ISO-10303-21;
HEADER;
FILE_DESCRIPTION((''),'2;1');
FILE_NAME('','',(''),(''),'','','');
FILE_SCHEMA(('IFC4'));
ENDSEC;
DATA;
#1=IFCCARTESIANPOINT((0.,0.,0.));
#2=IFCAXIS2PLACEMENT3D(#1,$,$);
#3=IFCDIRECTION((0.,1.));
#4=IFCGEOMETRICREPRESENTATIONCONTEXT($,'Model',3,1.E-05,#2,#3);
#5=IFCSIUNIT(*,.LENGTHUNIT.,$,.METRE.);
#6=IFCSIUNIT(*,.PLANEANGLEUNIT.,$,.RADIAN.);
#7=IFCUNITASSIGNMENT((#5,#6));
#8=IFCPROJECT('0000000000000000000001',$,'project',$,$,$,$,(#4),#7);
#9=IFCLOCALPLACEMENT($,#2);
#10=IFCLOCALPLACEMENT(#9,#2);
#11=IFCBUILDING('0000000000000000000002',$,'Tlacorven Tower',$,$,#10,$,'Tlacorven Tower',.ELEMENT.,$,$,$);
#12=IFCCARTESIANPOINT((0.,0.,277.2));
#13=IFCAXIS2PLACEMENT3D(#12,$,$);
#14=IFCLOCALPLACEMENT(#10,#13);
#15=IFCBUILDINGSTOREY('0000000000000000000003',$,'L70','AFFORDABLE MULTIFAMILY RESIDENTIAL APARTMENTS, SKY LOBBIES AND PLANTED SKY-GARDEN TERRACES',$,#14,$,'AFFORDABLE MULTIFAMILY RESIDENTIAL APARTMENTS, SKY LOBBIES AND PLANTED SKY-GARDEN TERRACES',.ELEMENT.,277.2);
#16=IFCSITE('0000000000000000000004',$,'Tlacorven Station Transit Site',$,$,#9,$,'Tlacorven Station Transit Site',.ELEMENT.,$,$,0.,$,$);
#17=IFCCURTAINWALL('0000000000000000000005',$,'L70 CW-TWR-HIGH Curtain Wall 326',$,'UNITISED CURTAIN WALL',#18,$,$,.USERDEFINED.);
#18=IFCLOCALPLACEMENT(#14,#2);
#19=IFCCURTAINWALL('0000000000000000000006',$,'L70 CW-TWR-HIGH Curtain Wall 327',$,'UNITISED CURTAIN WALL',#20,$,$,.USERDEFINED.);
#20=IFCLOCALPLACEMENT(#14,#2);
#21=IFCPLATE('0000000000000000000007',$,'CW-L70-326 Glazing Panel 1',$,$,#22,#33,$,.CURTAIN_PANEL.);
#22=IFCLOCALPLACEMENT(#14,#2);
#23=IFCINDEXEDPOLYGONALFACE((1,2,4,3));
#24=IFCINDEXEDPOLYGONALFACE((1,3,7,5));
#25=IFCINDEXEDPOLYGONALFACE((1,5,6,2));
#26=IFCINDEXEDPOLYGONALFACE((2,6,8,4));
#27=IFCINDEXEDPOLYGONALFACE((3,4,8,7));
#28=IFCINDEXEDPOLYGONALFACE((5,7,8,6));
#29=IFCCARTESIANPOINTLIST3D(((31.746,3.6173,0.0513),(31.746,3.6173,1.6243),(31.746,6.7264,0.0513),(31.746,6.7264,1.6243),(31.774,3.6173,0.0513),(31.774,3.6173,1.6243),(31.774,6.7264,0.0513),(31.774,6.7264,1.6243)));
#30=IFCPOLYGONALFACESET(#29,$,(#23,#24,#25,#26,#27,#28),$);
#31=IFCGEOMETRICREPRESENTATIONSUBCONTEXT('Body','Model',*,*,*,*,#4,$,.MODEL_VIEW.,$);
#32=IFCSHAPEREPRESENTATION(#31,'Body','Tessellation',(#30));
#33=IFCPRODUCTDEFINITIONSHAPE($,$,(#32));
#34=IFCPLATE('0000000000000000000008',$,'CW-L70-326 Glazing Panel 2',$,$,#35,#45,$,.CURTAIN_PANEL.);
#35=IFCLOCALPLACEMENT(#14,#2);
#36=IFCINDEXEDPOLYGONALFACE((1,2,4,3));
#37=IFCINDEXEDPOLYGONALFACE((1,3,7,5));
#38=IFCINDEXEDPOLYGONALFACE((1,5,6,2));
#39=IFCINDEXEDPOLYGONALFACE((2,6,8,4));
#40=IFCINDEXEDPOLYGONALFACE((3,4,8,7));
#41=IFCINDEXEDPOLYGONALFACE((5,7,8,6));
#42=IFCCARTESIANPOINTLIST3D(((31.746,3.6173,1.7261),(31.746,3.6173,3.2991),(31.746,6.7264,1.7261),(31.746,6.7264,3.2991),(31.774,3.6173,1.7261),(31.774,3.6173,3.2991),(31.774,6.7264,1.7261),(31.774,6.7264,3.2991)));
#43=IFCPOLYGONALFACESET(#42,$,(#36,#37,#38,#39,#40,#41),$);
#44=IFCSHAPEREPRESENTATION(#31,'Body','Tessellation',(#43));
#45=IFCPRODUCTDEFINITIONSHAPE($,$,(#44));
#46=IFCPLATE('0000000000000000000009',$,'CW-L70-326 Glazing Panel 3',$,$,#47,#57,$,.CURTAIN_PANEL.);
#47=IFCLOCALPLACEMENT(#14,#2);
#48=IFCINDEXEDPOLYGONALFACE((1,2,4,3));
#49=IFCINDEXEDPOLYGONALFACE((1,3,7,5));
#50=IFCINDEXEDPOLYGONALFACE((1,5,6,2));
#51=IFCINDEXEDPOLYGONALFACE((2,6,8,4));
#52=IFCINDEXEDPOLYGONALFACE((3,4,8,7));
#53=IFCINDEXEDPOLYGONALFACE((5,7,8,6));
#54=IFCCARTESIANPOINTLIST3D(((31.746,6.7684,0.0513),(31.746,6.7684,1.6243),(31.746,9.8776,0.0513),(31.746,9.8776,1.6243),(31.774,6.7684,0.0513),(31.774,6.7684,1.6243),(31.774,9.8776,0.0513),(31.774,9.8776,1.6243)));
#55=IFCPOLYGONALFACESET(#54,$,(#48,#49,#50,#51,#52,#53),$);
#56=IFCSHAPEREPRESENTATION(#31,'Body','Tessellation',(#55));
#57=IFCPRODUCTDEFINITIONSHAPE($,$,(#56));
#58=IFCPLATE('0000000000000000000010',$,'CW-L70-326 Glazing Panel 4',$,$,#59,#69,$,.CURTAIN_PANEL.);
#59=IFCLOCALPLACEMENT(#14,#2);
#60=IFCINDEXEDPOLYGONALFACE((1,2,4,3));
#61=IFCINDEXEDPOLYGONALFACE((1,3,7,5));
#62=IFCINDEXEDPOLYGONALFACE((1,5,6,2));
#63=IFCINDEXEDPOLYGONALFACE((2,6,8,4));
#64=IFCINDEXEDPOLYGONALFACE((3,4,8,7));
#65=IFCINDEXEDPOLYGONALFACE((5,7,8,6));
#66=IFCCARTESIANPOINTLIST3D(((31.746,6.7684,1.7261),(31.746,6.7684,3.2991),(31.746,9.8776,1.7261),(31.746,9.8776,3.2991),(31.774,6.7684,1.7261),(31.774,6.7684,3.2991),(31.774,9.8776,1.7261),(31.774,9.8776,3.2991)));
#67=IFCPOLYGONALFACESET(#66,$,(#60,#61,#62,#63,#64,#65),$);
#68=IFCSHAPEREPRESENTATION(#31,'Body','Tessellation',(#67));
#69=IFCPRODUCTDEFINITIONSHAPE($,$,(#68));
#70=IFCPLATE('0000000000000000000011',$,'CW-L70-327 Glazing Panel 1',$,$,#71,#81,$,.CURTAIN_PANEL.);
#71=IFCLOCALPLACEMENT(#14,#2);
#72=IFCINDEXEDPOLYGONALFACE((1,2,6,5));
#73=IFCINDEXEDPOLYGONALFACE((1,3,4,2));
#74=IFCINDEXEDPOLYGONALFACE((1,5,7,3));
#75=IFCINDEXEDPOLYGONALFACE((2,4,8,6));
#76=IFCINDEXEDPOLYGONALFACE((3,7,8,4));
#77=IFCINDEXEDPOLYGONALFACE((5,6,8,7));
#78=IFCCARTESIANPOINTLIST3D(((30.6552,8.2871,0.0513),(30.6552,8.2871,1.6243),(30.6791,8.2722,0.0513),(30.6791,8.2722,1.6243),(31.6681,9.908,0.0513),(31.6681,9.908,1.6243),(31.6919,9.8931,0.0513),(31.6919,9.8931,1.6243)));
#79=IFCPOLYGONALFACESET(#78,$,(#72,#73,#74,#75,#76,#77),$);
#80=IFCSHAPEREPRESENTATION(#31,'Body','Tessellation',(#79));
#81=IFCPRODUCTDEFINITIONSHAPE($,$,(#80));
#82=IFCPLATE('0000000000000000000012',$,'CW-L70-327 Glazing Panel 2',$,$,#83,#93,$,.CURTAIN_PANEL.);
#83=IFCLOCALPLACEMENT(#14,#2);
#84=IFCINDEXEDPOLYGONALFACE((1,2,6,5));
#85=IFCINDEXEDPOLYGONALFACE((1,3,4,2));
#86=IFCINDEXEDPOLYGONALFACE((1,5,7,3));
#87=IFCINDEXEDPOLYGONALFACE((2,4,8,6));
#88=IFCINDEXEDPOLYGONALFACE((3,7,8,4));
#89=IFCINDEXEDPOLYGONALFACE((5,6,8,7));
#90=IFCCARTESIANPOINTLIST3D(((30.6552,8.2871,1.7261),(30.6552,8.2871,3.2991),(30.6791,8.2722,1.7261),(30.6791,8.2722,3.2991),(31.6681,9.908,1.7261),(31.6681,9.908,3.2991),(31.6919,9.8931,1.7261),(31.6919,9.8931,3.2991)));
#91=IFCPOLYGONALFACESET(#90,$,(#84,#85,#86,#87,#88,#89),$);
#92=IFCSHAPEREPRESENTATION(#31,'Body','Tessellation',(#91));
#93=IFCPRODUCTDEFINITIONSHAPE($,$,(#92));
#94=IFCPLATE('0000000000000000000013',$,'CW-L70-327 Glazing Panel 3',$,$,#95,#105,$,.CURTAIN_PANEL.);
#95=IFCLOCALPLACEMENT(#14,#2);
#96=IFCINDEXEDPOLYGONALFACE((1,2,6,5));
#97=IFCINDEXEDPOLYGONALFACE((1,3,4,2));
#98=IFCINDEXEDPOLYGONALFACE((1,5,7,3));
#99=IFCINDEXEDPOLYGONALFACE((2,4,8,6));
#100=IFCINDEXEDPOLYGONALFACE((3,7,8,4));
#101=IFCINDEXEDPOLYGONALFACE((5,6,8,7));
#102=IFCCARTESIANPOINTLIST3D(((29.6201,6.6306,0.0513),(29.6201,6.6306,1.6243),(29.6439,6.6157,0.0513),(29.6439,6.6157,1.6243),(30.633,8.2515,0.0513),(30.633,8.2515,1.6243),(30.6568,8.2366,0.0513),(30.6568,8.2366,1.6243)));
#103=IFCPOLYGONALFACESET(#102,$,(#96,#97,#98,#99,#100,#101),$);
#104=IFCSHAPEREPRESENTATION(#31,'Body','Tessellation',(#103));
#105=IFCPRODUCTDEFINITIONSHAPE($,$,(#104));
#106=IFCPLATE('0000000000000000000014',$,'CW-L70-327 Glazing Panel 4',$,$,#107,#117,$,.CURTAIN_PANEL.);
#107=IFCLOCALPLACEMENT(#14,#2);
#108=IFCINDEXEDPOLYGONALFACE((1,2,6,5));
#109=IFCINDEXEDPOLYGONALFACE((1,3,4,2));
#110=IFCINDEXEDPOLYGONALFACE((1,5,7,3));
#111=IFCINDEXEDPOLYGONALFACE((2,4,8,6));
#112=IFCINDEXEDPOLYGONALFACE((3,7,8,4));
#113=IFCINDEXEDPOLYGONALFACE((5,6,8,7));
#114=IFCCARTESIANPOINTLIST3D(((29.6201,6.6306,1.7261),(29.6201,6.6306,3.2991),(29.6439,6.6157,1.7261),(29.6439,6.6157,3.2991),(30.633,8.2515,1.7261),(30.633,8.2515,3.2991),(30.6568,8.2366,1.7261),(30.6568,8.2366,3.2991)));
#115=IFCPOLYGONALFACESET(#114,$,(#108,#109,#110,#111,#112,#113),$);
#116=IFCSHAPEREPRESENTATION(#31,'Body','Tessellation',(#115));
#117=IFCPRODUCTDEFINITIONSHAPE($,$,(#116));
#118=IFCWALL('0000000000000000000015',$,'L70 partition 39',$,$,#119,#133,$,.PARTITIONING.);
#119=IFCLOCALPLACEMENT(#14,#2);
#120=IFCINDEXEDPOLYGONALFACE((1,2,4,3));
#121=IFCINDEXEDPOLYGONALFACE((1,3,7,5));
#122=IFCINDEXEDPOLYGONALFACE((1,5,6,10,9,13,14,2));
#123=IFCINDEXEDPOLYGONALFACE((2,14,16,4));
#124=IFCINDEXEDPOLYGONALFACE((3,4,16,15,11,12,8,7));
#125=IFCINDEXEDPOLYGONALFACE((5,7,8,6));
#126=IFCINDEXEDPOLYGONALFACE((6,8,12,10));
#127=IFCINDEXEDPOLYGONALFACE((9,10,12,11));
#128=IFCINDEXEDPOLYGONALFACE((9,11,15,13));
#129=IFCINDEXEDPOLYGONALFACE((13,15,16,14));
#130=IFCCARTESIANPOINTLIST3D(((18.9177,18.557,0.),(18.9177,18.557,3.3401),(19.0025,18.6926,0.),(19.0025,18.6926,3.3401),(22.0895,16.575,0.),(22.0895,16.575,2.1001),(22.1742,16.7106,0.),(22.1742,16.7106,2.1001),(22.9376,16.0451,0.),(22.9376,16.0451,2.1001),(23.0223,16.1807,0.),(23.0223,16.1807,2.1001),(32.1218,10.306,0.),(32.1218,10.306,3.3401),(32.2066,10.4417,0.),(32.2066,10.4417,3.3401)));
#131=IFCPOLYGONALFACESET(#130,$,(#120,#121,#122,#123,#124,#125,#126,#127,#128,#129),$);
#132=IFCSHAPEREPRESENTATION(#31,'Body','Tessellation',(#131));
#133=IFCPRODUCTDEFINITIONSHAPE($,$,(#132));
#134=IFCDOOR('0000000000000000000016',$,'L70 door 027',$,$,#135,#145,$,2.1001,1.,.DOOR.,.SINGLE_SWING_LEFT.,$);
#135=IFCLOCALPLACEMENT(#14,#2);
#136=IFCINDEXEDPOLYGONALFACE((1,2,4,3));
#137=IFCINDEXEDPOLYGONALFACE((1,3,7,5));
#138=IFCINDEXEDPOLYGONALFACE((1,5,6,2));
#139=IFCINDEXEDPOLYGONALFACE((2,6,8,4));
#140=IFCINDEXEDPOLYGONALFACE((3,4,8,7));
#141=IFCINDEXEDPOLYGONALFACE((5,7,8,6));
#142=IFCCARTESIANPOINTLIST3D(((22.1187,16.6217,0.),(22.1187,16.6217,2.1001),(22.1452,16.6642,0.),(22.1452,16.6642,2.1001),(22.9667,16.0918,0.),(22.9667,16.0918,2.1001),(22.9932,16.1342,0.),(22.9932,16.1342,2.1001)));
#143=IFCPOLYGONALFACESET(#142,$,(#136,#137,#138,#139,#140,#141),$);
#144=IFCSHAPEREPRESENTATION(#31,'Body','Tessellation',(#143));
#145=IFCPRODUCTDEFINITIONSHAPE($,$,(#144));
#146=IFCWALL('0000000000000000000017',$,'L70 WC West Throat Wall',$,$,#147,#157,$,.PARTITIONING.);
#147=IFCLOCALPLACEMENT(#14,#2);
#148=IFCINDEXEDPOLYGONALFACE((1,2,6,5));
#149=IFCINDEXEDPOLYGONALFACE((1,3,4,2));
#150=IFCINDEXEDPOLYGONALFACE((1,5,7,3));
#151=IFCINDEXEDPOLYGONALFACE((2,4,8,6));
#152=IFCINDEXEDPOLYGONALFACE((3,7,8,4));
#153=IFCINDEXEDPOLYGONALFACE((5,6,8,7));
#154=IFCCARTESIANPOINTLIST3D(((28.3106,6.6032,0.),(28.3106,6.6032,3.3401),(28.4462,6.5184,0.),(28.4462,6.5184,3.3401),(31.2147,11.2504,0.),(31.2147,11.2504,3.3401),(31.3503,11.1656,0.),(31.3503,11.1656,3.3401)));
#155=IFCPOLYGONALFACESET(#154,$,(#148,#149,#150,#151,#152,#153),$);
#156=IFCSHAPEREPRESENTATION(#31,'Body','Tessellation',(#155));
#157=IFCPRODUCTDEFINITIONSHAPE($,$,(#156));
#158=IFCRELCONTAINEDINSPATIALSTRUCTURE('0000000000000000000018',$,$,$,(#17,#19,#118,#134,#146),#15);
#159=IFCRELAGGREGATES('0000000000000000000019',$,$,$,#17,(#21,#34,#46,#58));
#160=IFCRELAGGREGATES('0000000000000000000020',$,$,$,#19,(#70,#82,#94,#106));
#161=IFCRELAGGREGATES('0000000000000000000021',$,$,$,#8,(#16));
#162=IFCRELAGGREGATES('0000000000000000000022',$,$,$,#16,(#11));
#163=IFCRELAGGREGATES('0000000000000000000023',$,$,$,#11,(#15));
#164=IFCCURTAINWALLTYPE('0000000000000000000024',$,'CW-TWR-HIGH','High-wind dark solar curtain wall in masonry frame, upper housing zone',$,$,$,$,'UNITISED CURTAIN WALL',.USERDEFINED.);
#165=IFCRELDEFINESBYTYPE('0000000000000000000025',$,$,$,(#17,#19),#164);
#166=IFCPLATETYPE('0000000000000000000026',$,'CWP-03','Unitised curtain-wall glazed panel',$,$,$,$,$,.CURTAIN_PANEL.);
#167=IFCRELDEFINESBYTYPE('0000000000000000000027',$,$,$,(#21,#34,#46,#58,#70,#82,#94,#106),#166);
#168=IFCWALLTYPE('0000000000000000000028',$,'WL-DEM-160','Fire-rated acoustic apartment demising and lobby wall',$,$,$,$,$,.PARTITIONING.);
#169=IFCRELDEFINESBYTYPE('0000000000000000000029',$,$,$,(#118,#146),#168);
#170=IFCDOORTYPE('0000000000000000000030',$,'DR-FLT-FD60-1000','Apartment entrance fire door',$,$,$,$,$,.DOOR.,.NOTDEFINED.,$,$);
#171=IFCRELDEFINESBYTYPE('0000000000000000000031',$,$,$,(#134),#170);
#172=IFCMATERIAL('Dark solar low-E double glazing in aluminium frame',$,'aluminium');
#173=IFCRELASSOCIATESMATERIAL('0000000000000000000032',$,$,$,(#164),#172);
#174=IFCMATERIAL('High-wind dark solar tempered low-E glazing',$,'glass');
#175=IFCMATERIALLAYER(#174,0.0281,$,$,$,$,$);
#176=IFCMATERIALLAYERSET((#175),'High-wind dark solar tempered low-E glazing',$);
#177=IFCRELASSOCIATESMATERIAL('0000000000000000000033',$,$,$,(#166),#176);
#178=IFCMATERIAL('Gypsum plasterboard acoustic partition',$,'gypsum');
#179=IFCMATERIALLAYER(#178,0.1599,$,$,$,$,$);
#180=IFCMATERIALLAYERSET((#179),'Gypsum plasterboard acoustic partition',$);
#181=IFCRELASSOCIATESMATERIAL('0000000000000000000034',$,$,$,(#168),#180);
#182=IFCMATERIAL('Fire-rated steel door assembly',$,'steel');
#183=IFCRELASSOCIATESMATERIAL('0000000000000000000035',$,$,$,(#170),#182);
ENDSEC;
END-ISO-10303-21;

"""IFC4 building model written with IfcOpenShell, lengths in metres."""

from ifc_helpers import new_model, si_unit, direction, frame, frame_2d, origin, origin_2d, place, context, subcontext, project, spatial, rectangle, extrude, source, transform, mapped, material, layer, layer_set, type_object, element, fill, aggregate, save


model = new_model("IFC4")

# Units and contexts
model_context = context("Model", 3, precision=1e-05, world=origin(), true_north=direction((0.0, 1.0)))
body_context = subcontext(model_context, "Body", "Model", "MODEL_VIEW")
ifc_project = project(units=[si_unit("LENGTHUNIT", "METRE"), si_unit("PLANEANGLEUNIT", "RADIAN")], contexts=[model_context])

# Site, building, storey
site_placement = place(None, origin())
site = spatial("IfcSite", under=ifc_project, at=site_placement, Name="Tlacorven Station Transit Site", LongName="Tlacorven Station Transit Site", CompositionType="ELEMENT", RefElevation=0.0)
building_placement = place(site_placement, origin())
building = spatial("IfcBuilding", under=site, at=building_placement, Name="Tlacorven Tower", LongName="Tlacorven Tower", CompositionType="ELEMENT")
storey_placement = place(building_placement, frame((0.0, 0.0, 277.2)))
storey = spatial("IfcBuildingStorey", under=building, at=storey_placement, Name="L70", Description="AFFORDABLE MULTIFAMILY RESIDENTIAL APARTMENTS, SKY LOBBIES AND PLANTED SKY-GARDEN TERRACES", LongName="AFFORDABLE MULTIFAMILY RESIDENTIAL APARTMENTS, SKY LOBBIES AND PLANTED SKY-GARDEN TERRACES", CompositionType="ELEMENT", Elevation=277.2)

# Shared definitions
ifc_material_1 = material(Name="Dark solar low-E double glazing in aluminium frame", Category="aluminium")
curtain_wall_type = type_object("IfcCurtainWallType", Name="CW-TWR-HIGH", Description="High-wind dark solar curtain wall in masonry frame, upper housing zone", ElementType="UNITISED CURTAIN WALL", PredefinedType="USERDEFINED", material=ifc_material_1)

# Curtain walls
curtain_wall_1_placement = place(storey_placement, origin())
curtain_wall_1 = element("IfcCurtainWall", 1, at=curtain_wall_1_placement, inside=storey, type_object=curtain_wall_type, Name="L70 CW-TWR-HIGH Curtain Wall 326", ObjectType="UNITISED CURTAIN WALL", PredefinedType="USERDEFINED")
curtain_wall_2_placement = place(storey_placement, origin())
curtain_wall_2 = element("IfcCurtainWall", 2, at=curtain_wall_2_placement, inside=storey, type_object=curtain_wall_type, Name="L70 CW-TWR-HIGH Curtain Wall 327", ObjectType="UNITISED CURTAIN WALL", PredefinedType="USERDEFINED")

# Plates
ifc_material_2 = material(Name="High-wind dark solar tempered low-E glazing", Category="glass")
ifc_layer_1 = layer(ifc_material_2, 0.0281)
ifc_layer_set_1 = layer_set([ifc_layer_1], Name="High-wind dark solar tempered low-E glazing")
plate_type = type_object("IfcPlateType", Name="CWP-03", Description="Unitised curtain-wall glazed panel", PredefinedType="CURTAIN_PANEL", material=ifc_layer_set_1)
shared_shape_1 = source(origin(), body_context, "Body", "SweptSolid", [
    extrude(rectangle(XDim=3.1091, YDim=0.0281, at=origin_2d()), origin(), (0.0, 0.0, 1.0), 1.573),
])
plate_1_placement = place(storey_placement, frame((31.76, 5.1719, 0.0513), z_axis=(0.0, 0.0, 1.0), x_axis=(0.0, 1.0, 0.0)))
plate_1 = element("IfcPlate", 3, at=plate_1_placement, type_object=plate_type, Name="CW-L70-326 Glazing Panel 1", PredefinedType="CURTAIN_PANEL", context=body_context, shape_type="MappedRepresentation", body=[
    mapped(shared_shape_1, transform((0.0, 0.0, 0.0), scale=1.0)),
])
plate_2_placement = place(storey_placement, frame((31.76, 5.1719, 1.7261), z_axis=(0.0, 0.0, 1.0), x_axis=(0.0, 1.0, 0.0)))
plate_2 = element("IfcPlate", 4, at=plate_2_placement, type_object=plate_type, Name="CW-L70-326 Glazing Panel 2", PredefinedType="CURTAIN_PANEL", context=body_context, shape_type="MappedRepresentation", body=[
    mapped(shared_shape_1, transform((0.0, 0.0, 0.0), scale=1.0)),
])
plate_3_placement = place(storey_placement, frame((31.76, 8.323, 0.0513), z_axis=(0.0, 0.0, 1.0), x_axis=(0.0, 1.0, 0.0)))
plate_3 = element("IfcPlate", 5, at=plate_3_placement, type_object=plate_type, Name="CW-L70-326 Glazing Panel 3", PredefinedType="CURTAIN_PANEL", context=body_context, shape_type="MappedRepresentation", body=[
    mapped(shared_shape_1, transform((0.0, 0.0, 0.0), scale=1.0)),
])
plate_4_placement = place(storey_placement, frame((31.76, 8.323, 1.7261), z_axis=(0.0, 0.0, 1.0), x_axis=(0.0, 1.0, 0.0)))
plate_4 = element("IfcPlate", 6, at=plate_4_placement, type_object=plate_type, Name="CW-L70-326 Glazing Panel 4", PredefinedType="CURTAIN_PANEL", context=body_context, shape_type="MappedRepresentation", body=[
    mapped(shared_shape_1, transform((0.0, 0.0, 0.0), scale=1.0)),
])
aggregate(curtain_wall_1, [plate_1, plate_2, plate_3, plate_4])
shared_shape_2 = source(origin(), body_context, "Body", "SweptSolid", [
    extrude(rectangle(XDim=1.9114, YDim=0.0281, at=origin_2d()), origin(), (0.0, 0.0, 1.0), 1.573),
])
plate_5_placement = place(storey_placement, frame((31.1736, 9.0901, 0.0513), z_axis=(0.0, 0.0, 1.0), x_axis=(-0.529919, -0.848048, 0.0)))
plate_5 = element("IfcPlate", 7, at=plate_5_placement, type_object=plate_type, Name="CW-L70-327 Glazing Panel 1", PredefinedType="CURTAIN_PANEL", context=body_context, shape_type="MappedRepresentation", body=[
    mapped(shared_shape_2, transform((0.0, 0.0, 0.0), scale=1.0)),
])
plate_6_placement = place(storey_placement, frame((31.1736, 9.0901, 1.7261), z_axis=(0.0, 0.0, 1.0), x_axis=(-0.529919, -0.848048, 0.0)))
plate_6 = element("IfcPlate", 8, at=plate_6_placement, type_object=plate_type, Name="CW-L70-327 Glazing Panel 2", PredefinedType="CURTAIN_PANEL", context=body_context, shape_type="MappedRepresentation", body=[
    mapped(shared_shape_2, transform((0.0, 0.0, 0.0), scale=1.0)),
])
plate_7_placement = place(storey_placement, frame((30.1384, 7.4336, 0.0513), z_axis=(0.0, 0.0, 1.0), x_axis=(-0.529919, -0.848048, 0.0)))
plate_7 = element("IfcPlate", 9, at=plate_7_placement, type_object=plate_type, Name="CW-L70-327 Glazing Panel 3", PredefinedType="CURTAIN_PANEL", context=body_context, shape_type="MappedRepresentation", body=[
    mapped(shared_shape_2, transform((0.0, 0.0, 0.0), scale=1.0)),
])
plate_8_placement = place(storey_placement, frame((30.1384, 7.4336, 1.7261), z_axis=(0.0, 0.0, 1.0), x_axis=(-0.529919, -0.848048, 0.0)))
plate_8 = element("IfcPlate", 10, at=plate_8_placement, type_object=plate_type, Name="CW-L70-327 Glazing Panel 4", PredefinedType="CURTAIN_PANEL", context=body_context, shape_type="MappedRepresentation", body=[
    mapped(shared_shape_2, transform((0.0, 0.0, 0.0), scale=1.0)),
])
aggregate(curtain_wall_2, [plate_5, plate_6, plate_7, plate_8])

# Wall, opening, door
ifc_material_3 = material(Name="Gypsum plasterboard acoustic partition", Category="gypsum")
ifc_layer_2 = layer(ifc_material_3, 0.1599)
ifc_layer_set_2 = layer_set([ifc_layer_2], Name="Gypsum plasterboard acoustic partition")
wall_type = type_object("IfcWallType", Name="WL-DEM-160", Description="Fire-rated acoustic apartment demising and lobby wall", PredefinedType="PARTITIONING", material=ifc_layer_set_2)
wall_1_placement = place(storey_placement, frame((32.1643, 10.3738, 0.0), z_axis=(0.0, 0.0, 1.0), x_axis=(-0.848044, 0.529926, 0.0)))
wall_1 = element("IfcWall", 11, at=wall_1_placement, inside=storey, type_object=wall_type, Name="L70 partition 39", PredefinedType="PARTITIONING", context=body_context, shape_type="SweptSolid", body=[
    extrude(rectangle(XDim=15.5701, YDim=0.1599, at=frame_2d((7.7852, 0.0))), origin(), (0.0, 0.0, 1.0), 3.3401),
])
opening_placement = place(wall_1_placement, frame((10.8301, 0.0, 0.0)))
opening = element("IfcOpeningElement", 12, at=opening_placement, cuts=wall_1, PredefinedType="OPENING", context=body_context, shape_type="SweptSolid", body=[
    extrude(rectangle(XDim=1.0, YDim=2.1001, at=frame_2d((0.5, 1.05))), frame((0.0, 0.0898, 0.0), z_axis=(0.0, -1.0, 0.0), x_axis=(1.0, 0.0, 0.0)), (0.0, 0.0, 1.0), 0.1799),
])
ifc_material_4 = material(Name="Fire-rated steel door assembly", Category="steel")
door_type = type_object("IfcDoorType", Name="DR-FLT-FD60-1000", Description="Apartment entrance fire door", OperationType="NOTDEFINED", PredefinedType="DOOR", material=ifc_material_4)
shared_shape_3 = source(origin(), body_context, "Body", "SweptSolid", [
    extrude(rectangle(XDim=1.0, YDim=2.1001, at=frame_2d((0.5, 1.05))), frame((0.0, 0.0249, 0.0), z_axis=(0.0, -1.0, 0.0), x_axis=(1.0, 0.0, 0.0)), (0.0, 0.0, 1.0), 0.05),
])
door_placement = place(opening_placement, origin())
door = element("IfcDoor", 13, at=door_placement, inside=storey, type_object=door_type, Name="L70 door 027", OperationType="SINGLE_SWING_LEFT", OverallHeight=2.1001, OverallWidth=1.0, PredefinedType="DOOR", context=body_context, shape_type="MappedRepresentation", body=[
    mapped(shared_shape_3, transform((0.0, 0.0, 0.0), scale=1.0)),
])
fill(opening, door)

# Wall
wall_2_placement = place(storey_placement, frame((31.2825, 11.208, 0.0), z_axis=(0.0, 0.0, 1.0), x_axis=(-0.529939, -0.848036, 0.0)))
element("IfcWall", 14, at=wall_2_placement, inside=storey, type_object=wall_type, Name="L70 WC West Throat Wall", PredefinedType="PARTITIONING", context=body_context, shape_type="SweptSolid", body=[
    extrude(rectangle(XDim=5.48, YDim=0.1599, at=frame_2d((2.74, 0.0))), origin(), (0.0, 0.0, 1.0), 3.3401),
])

save(model, "model.ifc")
